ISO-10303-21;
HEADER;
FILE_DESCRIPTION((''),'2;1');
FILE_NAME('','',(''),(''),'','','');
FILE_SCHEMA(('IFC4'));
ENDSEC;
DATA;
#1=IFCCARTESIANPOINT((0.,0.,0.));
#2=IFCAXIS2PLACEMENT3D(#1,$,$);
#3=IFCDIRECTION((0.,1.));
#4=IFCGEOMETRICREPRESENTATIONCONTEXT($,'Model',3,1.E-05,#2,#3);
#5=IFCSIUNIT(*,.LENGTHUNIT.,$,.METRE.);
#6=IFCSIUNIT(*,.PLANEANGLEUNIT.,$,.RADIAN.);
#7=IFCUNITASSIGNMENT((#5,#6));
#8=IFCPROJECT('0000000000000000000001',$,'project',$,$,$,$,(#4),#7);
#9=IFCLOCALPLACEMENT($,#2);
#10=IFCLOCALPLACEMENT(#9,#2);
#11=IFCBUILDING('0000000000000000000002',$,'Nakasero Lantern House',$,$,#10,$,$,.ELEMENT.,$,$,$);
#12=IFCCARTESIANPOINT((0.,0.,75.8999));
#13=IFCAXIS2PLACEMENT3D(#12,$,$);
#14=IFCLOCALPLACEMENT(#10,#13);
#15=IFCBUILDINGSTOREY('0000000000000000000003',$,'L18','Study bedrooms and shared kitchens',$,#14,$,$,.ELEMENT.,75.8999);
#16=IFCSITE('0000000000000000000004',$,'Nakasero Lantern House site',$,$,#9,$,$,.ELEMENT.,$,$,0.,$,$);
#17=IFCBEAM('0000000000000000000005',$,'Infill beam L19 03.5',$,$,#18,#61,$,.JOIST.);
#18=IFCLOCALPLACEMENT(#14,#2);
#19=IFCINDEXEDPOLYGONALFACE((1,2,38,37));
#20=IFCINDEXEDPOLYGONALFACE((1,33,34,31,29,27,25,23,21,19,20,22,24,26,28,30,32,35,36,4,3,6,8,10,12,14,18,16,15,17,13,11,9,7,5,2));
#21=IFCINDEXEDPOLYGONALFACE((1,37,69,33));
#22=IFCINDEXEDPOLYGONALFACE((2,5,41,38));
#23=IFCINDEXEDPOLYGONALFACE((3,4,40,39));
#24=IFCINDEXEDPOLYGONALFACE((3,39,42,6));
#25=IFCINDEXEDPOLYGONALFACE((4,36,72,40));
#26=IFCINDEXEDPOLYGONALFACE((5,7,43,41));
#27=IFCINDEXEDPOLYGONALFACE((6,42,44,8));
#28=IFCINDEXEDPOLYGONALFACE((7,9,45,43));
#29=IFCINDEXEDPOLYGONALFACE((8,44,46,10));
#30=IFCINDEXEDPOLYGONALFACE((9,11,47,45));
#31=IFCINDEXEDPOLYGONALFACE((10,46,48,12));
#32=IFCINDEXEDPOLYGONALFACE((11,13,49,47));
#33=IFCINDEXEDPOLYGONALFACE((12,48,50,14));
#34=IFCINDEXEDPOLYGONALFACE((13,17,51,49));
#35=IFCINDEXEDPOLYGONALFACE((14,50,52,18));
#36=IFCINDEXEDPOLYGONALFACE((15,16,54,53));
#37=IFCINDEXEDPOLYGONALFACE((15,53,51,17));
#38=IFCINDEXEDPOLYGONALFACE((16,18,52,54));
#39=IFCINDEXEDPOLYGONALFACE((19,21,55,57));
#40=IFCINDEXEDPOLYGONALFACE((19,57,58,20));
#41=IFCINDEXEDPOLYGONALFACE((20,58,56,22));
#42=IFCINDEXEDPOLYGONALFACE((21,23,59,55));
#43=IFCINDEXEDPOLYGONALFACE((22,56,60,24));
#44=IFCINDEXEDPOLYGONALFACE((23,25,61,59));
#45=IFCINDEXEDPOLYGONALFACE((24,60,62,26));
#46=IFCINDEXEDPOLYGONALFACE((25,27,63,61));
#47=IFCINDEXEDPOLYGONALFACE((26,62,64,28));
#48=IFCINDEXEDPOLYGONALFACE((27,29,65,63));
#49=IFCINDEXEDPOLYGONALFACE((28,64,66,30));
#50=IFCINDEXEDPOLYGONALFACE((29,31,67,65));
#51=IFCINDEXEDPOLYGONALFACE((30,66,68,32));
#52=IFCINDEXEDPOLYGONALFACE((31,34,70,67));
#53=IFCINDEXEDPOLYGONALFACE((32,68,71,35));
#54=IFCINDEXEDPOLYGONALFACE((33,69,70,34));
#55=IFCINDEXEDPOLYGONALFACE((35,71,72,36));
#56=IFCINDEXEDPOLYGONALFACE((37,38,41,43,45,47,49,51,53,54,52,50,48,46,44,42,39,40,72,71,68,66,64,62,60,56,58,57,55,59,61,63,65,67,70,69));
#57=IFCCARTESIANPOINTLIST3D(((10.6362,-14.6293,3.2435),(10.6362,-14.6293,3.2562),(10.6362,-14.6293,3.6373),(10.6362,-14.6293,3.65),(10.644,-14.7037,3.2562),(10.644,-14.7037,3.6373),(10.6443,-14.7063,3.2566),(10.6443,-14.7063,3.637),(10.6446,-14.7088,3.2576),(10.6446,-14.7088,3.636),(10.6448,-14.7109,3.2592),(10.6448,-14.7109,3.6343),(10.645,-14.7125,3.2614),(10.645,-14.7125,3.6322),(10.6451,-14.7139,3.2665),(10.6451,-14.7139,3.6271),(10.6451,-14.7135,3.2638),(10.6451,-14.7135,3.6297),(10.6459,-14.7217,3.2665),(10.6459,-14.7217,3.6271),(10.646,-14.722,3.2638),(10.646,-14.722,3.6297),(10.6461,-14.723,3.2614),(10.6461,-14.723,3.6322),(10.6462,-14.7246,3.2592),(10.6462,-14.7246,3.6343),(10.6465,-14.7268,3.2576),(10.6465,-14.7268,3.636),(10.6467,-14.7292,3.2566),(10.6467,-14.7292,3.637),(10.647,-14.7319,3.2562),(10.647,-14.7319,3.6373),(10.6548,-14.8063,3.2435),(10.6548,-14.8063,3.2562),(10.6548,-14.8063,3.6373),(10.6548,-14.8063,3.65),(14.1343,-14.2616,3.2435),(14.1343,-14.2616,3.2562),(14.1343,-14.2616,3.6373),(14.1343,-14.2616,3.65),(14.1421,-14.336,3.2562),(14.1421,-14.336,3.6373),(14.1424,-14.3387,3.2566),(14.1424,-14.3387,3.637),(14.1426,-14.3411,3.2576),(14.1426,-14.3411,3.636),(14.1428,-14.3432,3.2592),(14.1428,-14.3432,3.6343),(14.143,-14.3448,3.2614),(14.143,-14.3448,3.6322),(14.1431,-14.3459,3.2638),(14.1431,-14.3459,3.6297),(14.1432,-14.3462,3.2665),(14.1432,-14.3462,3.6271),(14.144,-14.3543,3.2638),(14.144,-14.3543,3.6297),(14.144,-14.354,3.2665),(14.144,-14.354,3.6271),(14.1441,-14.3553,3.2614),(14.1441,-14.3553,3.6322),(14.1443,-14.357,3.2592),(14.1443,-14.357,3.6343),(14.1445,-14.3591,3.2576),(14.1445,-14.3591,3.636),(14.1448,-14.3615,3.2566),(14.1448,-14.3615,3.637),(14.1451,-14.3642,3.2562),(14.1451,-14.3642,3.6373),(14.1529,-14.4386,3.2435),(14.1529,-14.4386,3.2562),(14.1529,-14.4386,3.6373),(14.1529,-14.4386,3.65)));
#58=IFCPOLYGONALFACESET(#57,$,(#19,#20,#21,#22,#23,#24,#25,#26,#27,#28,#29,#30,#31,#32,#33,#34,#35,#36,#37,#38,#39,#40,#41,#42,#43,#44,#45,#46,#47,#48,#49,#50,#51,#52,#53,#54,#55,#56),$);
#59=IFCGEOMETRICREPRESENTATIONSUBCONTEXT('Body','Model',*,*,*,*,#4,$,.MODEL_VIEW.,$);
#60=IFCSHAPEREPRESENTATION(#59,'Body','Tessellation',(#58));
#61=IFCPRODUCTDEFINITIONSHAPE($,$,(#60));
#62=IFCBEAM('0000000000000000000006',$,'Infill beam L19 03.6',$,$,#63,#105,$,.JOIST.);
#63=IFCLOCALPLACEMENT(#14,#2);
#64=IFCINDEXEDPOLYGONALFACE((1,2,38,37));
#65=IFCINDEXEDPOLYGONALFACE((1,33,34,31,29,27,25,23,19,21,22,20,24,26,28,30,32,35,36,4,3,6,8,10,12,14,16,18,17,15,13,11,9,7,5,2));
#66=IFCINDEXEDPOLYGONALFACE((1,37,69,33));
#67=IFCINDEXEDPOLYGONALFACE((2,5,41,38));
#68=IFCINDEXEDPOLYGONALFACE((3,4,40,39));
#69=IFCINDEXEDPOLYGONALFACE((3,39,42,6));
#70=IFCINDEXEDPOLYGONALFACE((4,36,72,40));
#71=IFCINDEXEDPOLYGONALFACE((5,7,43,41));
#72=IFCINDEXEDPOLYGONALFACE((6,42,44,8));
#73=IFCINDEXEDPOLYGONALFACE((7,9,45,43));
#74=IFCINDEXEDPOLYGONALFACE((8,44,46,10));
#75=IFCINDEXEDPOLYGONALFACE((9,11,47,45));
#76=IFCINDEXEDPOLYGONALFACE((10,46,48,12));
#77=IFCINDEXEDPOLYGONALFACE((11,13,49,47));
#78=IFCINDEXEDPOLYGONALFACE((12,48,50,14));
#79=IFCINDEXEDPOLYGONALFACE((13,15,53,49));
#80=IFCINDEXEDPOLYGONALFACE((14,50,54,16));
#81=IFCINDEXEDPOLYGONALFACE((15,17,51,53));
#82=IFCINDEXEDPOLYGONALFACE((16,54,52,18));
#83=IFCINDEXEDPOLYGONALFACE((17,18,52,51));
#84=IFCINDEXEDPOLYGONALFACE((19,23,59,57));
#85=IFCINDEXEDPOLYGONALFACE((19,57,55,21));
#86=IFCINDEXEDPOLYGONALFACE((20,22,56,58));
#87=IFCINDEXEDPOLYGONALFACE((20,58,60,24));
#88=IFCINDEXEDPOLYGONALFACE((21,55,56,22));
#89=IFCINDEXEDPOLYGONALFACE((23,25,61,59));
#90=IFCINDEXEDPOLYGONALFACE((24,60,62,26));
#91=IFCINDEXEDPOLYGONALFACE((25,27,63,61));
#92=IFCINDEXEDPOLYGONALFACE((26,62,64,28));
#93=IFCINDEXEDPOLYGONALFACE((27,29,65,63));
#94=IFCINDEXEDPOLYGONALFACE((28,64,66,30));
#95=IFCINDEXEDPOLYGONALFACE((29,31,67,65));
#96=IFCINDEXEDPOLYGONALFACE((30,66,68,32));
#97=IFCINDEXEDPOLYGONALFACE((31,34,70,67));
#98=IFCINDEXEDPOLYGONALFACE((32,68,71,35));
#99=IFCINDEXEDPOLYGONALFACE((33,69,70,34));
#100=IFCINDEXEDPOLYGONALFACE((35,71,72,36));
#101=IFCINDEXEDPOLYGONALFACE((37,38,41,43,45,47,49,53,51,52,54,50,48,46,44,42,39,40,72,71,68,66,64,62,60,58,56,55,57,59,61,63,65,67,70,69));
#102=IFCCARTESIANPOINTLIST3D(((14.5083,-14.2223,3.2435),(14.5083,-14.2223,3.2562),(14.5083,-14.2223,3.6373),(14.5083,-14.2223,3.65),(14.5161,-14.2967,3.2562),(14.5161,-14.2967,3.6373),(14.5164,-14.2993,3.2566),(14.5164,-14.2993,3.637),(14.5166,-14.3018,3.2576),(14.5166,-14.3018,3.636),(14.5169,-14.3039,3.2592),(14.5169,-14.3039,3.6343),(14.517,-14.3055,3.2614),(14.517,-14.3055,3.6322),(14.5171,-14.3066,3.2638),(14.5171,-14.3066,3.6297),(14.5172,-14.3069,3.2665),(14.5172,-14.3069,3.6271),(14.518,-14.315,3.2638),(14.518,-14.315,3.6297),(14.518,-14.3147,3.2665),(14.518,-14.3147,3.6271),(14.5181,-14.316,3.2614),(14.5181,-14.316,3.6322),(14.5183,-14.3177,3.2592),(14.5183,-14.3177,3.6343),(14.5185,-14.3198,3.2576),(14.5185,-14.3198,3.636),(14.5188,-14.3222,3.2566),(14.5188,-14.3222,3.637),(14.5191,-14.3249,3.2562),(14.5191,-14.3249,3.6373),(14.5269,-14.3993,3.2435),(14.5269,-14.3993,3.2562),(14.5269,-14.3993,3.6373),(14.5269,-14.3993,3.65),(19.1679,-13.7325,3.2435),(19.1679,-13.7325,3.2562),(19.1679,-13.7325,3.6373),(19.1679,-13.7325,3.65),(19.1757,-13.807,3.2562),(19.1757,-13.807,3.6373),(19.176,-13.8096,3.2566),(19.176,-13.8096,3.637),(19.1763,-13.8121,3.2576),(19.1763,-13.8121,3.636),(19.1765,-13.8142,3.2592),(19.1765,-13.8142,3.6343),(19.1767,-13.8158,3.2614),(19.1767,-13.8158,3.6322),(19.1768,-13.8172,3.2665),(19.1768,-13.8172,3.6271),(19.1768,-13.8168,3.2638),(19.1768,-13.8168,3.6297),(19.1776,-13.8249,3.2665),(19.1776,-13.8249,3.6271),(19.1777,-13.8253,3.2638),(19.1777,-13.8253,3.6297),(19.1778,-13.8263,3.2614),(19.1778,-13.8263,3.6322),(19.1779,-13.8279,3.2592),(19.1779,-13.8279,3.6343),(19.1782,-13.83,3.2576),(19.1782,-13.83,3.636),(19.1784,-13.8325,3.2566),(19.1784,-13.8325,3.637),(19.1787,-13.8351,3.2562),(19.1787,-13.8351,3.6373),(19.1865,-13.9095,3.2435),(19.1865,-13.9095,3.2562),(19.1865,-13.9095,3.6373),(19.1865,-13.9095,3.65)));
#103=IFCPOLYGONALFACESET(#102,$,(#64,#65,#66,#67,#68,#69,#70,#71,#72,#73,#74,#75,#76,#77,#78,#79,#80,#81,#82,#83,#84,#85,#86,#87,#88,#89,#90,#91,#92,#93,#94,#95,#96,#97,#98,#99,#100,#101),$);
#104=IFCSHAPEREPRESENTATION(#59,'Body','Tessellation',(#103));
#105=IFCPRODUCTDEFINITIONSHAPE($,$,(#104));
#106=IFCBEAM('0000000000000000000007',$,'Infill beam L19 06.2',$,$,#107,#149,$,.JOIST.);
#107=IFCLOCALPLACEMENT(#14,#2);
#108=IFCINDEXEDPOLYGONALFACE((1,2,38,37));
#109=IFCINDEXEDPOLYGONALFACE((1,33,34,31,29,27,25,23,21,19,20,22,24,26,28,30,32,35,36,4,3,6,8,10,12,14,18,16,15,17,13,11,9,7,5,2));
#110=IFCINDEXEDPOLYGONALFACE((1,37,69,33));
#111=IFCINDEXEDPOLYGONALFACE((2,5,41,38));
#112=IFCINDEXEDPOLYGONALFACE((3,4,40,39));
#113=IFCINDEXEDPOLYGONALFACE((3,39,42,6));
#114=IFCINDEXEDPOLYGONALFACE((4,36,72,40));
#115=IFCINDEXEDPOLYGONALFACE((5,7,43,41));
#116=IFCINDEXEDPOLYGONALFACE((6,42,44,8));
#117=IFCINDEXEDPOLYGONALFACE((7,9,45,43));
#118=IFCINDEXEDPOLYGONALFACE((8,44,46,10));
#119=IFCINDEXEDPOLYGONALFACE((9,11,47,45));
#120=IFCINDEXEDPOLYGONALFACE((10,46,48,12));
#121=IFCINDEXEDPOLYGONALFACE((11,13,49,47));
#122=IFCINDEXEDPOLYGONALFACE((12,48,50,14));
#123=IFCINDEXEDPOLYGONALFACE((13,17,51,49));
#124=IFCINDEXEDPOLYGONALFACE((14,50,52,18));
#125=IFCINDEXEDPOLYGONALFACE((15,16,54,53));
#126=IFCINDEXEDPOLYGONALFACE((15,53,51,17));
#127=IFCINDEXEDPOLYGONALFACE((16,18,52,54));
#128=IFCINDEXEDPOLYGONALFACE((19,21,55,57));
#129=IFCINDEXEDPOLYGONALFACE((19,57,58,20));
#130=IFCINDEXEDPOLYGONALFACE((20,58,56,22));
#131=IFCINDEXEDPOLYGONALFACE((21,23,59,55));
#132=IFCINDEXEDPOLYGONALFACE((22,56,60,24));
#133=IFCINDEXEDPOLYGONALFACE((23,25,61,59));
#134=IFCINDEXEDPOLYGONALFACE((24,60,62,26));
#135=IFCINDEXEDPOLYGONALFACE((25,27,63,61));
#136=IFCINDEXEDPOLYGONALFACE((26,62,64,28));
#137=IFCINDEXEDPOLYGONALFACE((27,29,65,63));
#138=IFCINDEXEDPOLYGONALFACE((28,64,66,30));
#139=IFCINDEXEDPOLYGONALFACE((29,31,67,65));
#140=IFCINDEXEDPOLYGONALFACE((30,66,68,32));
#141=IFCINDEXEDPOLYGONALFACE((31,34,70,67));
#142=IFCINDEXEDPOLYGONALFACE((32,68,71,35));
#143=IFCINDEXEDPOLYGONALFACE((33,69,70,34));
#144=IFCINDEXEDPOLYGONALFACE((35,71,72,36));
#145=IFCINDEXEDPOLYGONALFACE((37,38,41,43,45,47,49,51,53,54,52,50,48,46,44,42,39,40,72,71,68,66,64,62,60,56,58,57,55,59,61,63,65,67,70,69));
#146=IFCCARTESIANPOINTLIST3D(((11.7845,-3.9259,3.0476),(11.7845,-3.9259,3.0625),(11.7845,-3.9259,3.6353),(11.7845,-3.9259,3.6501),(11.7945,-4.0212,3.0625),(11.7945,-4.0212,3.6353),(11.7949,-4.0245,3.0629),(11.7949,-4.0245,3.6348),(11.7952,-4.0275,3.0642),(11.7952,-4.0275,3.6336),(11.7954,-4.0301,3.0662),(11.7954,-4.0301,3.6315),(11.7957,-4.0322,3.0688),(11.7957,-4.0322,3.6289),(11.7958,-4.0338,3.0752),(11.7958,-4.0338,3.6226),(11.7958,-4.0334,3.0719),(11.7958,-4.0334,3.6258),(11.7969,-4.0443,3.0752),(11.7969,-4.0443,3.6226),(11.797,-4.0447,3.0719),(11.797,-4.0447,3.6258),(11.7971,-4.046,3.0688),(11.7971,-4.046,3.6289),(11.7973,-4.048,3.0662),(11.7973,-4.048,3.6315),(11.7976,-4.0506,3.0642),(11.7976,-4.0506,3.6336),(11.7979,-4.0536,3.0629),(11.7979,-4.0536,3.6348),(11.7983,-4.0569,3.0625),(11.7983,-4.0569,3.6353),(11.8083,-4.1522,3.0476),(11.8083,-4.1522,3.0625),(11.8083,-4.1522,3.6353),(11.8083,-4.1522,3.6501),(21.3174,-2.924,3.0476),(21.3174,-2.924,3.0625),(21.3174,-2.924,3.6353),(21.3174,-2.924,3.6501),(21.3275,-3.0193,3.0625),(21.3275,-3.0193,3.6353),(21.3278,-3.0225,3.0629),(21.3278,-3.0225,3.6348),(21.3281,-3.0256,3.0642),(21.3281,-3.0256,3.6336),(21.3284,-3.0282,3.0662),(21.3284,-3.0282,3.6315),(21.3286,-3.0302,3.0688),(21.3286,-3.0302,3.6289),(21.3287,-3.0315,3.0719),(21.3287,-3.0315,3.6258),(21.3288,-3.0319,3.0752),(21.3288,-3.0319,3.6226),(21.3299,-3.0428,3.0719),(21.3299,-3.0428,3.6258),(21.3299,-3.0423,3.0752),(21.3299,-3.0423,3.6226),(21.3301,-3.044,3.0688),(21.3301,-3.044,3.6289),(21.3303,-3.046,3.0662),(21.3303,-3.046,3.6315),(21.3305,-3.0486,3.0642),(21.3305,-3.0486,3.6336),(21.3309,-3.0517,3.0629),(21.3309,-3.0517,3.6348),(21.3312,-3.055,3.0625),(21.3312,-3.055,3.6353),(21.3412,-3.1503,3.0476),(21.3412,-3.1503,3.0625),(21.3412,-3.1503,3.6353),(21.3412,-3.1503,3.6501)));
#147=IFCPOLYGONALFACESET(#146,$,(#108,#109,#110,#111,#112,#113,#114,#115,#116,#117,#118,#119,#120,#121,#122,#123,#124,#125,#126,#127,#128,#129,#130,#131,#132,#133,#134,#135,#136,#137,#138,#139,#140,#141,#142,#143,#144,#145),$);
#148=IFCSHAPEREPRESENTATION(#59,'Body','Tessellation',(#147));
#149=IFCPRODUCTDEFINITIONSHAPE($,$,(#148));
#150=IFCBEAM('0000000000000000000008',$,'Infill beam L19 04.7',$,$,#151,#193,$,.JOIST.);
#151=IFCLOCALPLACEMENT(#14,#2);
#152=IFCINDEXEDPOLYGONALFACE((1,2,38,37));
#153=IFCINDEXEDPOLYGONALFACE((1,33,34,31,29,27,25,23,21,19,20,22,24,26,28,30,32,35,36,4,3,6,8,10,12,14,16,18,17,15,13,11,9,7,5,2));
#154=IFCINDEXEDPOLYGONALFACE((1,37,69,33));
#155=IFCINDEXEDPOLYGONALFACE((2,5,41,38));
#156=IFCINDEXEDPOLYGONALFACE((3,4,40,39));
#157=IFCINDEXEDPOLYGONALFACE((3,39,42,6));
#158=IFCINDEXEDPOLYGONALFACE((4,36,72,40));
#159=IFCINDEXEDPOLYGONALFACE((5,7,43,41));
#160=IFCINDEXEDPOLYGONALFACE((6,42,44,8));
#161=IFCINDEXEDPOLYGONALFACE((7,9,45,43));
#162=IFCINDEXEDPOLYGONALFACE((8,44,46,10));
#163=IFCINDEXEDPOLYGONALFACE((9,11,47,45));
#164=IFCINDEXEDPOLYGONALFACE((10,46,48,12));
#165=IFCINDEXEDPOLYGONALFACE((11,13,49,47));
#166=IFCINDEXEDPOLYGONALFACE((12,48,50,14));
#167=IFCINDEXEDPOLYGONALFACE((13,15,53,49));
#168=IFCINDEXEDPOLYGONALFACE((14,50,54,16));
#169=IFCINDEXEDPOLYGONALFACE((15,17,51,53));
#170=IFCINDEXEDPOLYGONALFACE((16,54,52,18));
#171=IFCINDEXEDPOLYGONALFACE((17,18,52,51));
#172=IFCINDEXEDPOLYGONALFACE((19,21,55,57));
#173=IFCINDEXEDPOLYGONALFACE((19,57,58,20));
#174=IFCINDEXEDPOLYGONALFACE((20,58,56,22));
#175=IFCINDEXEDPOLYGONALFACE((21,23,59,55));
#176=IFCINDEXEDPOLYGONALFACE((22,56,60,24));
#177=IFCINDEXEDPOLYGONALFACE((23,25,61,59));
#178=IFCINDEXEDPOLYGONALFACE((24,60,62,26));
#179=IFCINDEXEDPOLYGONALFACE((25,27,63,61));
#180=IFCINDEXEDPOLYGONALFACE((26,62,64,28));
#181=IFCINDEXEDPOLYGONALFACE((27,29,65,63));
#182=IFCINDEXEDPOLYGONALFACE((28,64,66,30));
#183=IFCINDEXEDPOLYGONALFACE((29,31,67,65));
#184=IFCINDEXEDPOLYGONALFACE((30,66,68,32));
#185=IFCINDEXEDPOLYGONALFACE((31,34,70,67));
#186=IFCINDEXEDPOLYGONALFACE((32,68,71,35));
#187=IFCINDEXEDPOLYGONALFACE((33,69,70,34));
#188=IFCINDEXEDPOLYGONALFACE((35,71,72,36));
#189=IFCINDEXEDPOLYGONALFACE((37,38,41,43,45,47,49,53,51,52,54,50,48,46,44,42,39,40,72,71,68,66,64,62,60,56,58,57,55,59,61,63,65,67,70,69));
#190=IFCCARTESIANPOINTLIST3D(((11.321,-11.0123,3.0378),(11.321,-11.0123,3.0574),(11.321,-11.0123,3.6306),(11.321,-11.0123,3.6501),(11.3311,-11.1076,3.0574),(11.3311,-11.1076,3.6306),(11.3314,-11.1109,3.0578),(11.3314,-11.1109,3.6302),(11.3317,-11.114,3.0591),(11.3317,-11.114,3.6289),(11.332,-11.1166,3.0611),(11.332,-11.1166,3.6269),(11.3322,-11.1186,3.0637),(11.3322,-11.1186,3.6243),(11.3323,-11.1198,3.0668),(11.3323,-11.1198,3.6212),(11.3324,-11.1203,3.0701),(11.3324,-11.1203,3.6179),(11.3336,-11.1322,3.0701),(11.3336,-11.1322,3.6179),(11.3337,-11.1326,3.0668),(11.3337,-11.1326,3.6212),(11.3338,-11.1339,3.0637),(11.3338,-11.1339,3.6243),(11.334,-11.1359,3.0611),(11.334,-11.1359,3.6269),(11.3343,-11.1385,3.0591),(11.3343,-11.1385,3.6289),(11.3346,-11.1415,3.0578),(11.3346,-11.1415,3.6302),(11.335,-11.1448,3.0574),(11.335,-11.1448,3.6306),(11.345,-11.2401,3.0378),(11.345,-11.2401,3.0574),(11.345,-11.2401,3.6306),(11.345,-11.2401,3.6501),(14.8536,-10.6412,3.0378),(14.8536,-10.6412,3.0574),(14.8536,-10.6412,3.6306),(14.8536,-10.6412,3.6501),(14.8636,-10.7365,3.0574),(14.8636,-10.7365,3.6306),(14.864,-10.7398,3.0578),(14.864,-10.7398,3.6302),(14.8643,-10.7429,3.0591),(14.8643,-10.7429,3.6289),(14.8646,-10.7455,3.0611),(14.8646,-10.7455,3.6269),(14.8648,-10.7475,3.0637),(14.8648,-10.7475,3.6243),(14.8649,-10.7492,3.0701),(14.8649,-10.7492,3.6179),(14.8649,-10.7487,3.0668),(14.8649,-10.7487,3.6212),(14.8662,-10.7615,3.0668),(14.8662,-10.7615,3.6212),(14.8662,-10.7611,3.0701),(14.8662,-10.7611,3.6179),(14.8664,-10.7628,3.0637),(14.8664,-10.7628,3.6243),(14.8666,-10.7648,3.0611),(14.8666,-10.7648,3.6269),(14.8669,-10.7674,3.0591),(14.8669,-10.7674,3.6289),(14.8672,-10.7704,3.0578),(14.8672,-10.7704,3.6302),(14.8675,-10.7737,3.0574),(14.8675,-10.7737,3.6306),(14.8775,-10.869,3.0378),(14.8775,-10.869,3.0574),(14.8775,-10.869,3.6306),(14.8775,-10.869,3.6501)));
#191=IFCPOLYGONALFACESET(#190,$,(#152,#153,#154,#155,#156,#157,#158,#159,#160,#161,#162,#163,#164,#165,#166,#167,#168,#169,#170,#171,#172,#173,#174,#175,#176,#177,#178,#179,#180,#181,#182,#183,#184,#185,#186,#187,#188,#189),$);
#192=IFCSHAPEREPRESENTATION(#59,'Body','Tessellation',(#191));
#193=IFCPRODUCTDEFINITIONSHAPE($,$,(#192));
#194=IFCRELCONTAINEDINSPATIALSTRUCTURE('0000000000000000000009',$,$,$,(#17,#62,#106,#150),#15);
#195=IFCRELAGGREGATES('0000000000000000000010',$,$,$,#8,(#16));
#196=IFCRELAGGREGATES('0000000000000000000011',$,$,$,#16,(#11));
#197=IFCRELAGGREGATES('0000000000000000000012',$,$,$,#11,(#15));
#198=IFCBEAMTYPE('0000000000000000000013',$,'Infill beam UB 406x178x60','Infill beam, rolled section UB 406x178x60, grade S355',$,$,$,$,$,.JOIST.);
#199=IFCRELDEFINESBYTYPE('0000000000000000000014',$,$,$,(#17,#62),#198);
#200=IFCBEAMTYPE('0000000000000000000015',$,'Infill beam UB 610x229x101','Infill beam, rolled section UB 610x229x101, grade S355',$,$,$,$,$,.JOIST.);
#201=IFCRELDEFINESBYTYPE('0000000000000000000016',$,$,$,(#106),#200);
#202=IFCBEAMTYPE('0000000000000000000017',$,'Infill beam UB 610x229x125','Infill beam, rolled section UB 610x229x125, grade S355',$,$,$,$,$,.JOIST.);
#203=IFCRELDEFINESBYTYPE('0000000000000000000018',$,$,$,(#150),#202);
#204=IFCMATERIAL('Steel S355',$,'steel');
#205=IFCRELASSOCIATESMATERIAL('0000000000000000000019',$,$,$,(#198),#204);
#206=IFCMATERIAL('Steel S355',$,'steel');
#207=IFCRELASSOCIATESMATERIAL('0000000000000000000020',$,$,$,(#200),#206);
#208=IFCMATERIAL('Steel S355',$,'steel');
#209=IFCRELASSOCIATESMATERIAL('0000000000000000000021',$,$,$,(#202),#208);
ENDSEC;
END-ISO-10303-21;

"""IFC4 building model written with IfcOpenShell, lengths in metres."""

from ifc_helpers import new_model, si_unit, direction, frame, origin, origin_2d, place, context, subcontext, project, spatial, i_section, extrude, material, material_profile, profile_set, type_object, element, save


model = new_model("IFC4")

# Units and contexts
model_context = context("Model", 3, precision=1e-05, world=origin(), true_north=direction((0.0, 1.0)))
body_context = subcontext(model_context, "Body", "Model", "MODEL_VIEW")
ifc_project = project(units=[si_unit("LENGTHUNIT", "METRE"), si_unit("PLANEANGLEUNIT", "RADIAN")], contexts=[model_context])

# Site, building, storey
site_placement = place(None, origin())
site = spatial("IfcSite", under=ifc_project, at=site_placement, Name="Nakasero Lantern House site", CompositionType="ELEMENT", RefElevation=0.0)
building_placement = place(site_placement, origin())
building = spatial("IfcBuilding", under=site, at=building_placement, Name="Nakasero Lantern House", CompositionType="ELEMENT")
storey_placement = place(building_placement, frame((0.0, 0.0, 75.8999)))
storey = spatial("IfcBuildingStorey", under=building, at=storey_placement, Name="L18", Description="Study bedrooms and shared kitchens", CompositionType="ELEMENT", Elevation=75.8999)

# Beams
ifc_material_1 = material(Name="Steel S355", Category="steel")
ifc_material_profile_1 = material_profile(ifc_material_1, i_section(OverallWidth=0.178, OverallDepth=0.4065, WebThickness=0.0078, FlangeThickness=0.0127, FilletRadius=0.0103, at=origin_2d()), Name="UB 406x178x60")
ifc_profile_set_1 = profile_set([ifc_material_profile_1], Name="Steel S355")
beam_type_1 = type_object("IfcBeamType", Name="Infill beam UB 406x178x60", Description="Infill beam, rolled section UB 406x178x60, grade S355", PredefinedType="JOIST", material=ifc_profile_set_1)
beam_1_placement = place(storey_placement, frame((10.6455, -14.7178, 3.4468), z_axis=(0.994521, 0.104533, 0.0), x_axis=(-0.104533, 0.994521, 0.0)))
element("IfcBeam", 1, at=beam_1_placement, inside=storey, type_object=beam_type_1, Name="Infill beam L19 03.5", PredefinedType="JOIST", context=body_context, shape_type="SweptSolid", body=[
    extrude(i_section(OverallWidth=0.178, OverallDepth=0.4065, WebThickness=0.0078, FlangeThickness=0.0127, FilletRadius=0.0103, at=origin_2d()), origin(), (0.0, 0.0, 1.0), 3.5173),
])
beam_2_placement = place(storey_placement, frame((14.5176, -14.3108, 3.4468), z_axis=(0.994522, 0.104527, 0.0), x_axis=(-0.104527, 0.994522, 0.0)))
element("IfcBeam", 2, at=beam_2_placement, inside=storey, type_object=beam_type_1, Name="Infill beam L19 03.6", PredefinedType="JOIST", context=body_context, shape_type="SweptSolid", body=[
    extrude(i_section(OverallWidth=0.178, OverallDepth=0.4065, WebThickness=0.0078, FlangeThickness=0.0127, FilletRadius=0.0103, at=origin_2d()), origin(), (0.0, 0.0, 1.0), 4.6853),
])
ifc_material_2 = material(Name="Steel S355", Category="steel")
ifc_material_profile_2 = material_profile(ifc_material_2, i_section(OverallWidth=0.2275, OverallDepth=0.6025, WebThickness=0.0105, FlangeThickness=0.0149, FilletRadius=0.0127, at=origin_2d()), Name="UB 610x229x101")
ifc_profile_set_2 = profile_set([ifc_material_profile_2], Name="Steel S355")
beam_type_2 = type_object("IfcBeamType", Name="Infill beam UB 610x229x101", Description="Infill beam, rolled section UB 610x229x101, grade S355", PredefinedType="JOIST", material=ifc_profile_set_2)
beam_3_placement = place(storey_placement, frame((11.7964, -4.0391, 3.3489), z_axis=(0.994522, 0.104528, 0.0), x_axis=(-0.104528, 0.994522, 0.0)))
element("IfcBeam", 3, at=beam_3_placement, inside=storey, type_object=beam_type_2, Name="Infill beam L19 06.2", PredefinedType="JOIST", context=body_context, shape_type="SweptSolid", body=[
    extrude(i_section(OverallWidth=0.2275, OverallDepth=0.6025, WebThickness=0.0105, FlangeThickness=0.0149, FilletRadius=0.0127, at=origin_2d()), origin(), (0.0, 0.0, 1.0), 9.5854),
])
ifc_material_3 = material(Name="Steel S355", Category="steel")
ifc_material_profile_3 = material_profile(ifc_material_3, i_section(OverallWidth=0.229, OverallDepth=0.6123, WebThickness=0.012, FlangeThickness=0.0195, FilletRadius=0.0127, at=origin_2d()), Name="UB 610x229x125")
ifc_profile_set_3 = profile_set([ifc_material_profile_3], Name="Steel S355")
beam_type_3 = type_object("IfcBeamType", Name="Infill beam UB 610x229x125", Description="Infill beam, rolled section UB 610x229x125, grade S355", PredefinedType="JOIST", material=ifc_profile_set_3)
beam_4_placement = place(storey_placement, frame((11.333, -11.1262, 3.344), z_axis=(0.994527, 0.104477, 0.0), x_axis=(-0.104477, 0.994527, 0.0)))
element("IfcBeam", 4, at=beam_4_placement, inside=storey, type_object=beam_type_3, Name="Infill beam L19 04.7", PredefinedType="JOIST", context=body_context, shape_type="SweptSolid", body=[
    extrude(i_section(OverallWidth=0.229, OverallDepth=0.6123, WebThickness=0.012, FlangeThickness=0.0195, FilletRadius=0.0127, at=origin_2d()), origin(), (0.0, 0.0, 1.0), 3.552),
])

save(model, "model.ifc")
